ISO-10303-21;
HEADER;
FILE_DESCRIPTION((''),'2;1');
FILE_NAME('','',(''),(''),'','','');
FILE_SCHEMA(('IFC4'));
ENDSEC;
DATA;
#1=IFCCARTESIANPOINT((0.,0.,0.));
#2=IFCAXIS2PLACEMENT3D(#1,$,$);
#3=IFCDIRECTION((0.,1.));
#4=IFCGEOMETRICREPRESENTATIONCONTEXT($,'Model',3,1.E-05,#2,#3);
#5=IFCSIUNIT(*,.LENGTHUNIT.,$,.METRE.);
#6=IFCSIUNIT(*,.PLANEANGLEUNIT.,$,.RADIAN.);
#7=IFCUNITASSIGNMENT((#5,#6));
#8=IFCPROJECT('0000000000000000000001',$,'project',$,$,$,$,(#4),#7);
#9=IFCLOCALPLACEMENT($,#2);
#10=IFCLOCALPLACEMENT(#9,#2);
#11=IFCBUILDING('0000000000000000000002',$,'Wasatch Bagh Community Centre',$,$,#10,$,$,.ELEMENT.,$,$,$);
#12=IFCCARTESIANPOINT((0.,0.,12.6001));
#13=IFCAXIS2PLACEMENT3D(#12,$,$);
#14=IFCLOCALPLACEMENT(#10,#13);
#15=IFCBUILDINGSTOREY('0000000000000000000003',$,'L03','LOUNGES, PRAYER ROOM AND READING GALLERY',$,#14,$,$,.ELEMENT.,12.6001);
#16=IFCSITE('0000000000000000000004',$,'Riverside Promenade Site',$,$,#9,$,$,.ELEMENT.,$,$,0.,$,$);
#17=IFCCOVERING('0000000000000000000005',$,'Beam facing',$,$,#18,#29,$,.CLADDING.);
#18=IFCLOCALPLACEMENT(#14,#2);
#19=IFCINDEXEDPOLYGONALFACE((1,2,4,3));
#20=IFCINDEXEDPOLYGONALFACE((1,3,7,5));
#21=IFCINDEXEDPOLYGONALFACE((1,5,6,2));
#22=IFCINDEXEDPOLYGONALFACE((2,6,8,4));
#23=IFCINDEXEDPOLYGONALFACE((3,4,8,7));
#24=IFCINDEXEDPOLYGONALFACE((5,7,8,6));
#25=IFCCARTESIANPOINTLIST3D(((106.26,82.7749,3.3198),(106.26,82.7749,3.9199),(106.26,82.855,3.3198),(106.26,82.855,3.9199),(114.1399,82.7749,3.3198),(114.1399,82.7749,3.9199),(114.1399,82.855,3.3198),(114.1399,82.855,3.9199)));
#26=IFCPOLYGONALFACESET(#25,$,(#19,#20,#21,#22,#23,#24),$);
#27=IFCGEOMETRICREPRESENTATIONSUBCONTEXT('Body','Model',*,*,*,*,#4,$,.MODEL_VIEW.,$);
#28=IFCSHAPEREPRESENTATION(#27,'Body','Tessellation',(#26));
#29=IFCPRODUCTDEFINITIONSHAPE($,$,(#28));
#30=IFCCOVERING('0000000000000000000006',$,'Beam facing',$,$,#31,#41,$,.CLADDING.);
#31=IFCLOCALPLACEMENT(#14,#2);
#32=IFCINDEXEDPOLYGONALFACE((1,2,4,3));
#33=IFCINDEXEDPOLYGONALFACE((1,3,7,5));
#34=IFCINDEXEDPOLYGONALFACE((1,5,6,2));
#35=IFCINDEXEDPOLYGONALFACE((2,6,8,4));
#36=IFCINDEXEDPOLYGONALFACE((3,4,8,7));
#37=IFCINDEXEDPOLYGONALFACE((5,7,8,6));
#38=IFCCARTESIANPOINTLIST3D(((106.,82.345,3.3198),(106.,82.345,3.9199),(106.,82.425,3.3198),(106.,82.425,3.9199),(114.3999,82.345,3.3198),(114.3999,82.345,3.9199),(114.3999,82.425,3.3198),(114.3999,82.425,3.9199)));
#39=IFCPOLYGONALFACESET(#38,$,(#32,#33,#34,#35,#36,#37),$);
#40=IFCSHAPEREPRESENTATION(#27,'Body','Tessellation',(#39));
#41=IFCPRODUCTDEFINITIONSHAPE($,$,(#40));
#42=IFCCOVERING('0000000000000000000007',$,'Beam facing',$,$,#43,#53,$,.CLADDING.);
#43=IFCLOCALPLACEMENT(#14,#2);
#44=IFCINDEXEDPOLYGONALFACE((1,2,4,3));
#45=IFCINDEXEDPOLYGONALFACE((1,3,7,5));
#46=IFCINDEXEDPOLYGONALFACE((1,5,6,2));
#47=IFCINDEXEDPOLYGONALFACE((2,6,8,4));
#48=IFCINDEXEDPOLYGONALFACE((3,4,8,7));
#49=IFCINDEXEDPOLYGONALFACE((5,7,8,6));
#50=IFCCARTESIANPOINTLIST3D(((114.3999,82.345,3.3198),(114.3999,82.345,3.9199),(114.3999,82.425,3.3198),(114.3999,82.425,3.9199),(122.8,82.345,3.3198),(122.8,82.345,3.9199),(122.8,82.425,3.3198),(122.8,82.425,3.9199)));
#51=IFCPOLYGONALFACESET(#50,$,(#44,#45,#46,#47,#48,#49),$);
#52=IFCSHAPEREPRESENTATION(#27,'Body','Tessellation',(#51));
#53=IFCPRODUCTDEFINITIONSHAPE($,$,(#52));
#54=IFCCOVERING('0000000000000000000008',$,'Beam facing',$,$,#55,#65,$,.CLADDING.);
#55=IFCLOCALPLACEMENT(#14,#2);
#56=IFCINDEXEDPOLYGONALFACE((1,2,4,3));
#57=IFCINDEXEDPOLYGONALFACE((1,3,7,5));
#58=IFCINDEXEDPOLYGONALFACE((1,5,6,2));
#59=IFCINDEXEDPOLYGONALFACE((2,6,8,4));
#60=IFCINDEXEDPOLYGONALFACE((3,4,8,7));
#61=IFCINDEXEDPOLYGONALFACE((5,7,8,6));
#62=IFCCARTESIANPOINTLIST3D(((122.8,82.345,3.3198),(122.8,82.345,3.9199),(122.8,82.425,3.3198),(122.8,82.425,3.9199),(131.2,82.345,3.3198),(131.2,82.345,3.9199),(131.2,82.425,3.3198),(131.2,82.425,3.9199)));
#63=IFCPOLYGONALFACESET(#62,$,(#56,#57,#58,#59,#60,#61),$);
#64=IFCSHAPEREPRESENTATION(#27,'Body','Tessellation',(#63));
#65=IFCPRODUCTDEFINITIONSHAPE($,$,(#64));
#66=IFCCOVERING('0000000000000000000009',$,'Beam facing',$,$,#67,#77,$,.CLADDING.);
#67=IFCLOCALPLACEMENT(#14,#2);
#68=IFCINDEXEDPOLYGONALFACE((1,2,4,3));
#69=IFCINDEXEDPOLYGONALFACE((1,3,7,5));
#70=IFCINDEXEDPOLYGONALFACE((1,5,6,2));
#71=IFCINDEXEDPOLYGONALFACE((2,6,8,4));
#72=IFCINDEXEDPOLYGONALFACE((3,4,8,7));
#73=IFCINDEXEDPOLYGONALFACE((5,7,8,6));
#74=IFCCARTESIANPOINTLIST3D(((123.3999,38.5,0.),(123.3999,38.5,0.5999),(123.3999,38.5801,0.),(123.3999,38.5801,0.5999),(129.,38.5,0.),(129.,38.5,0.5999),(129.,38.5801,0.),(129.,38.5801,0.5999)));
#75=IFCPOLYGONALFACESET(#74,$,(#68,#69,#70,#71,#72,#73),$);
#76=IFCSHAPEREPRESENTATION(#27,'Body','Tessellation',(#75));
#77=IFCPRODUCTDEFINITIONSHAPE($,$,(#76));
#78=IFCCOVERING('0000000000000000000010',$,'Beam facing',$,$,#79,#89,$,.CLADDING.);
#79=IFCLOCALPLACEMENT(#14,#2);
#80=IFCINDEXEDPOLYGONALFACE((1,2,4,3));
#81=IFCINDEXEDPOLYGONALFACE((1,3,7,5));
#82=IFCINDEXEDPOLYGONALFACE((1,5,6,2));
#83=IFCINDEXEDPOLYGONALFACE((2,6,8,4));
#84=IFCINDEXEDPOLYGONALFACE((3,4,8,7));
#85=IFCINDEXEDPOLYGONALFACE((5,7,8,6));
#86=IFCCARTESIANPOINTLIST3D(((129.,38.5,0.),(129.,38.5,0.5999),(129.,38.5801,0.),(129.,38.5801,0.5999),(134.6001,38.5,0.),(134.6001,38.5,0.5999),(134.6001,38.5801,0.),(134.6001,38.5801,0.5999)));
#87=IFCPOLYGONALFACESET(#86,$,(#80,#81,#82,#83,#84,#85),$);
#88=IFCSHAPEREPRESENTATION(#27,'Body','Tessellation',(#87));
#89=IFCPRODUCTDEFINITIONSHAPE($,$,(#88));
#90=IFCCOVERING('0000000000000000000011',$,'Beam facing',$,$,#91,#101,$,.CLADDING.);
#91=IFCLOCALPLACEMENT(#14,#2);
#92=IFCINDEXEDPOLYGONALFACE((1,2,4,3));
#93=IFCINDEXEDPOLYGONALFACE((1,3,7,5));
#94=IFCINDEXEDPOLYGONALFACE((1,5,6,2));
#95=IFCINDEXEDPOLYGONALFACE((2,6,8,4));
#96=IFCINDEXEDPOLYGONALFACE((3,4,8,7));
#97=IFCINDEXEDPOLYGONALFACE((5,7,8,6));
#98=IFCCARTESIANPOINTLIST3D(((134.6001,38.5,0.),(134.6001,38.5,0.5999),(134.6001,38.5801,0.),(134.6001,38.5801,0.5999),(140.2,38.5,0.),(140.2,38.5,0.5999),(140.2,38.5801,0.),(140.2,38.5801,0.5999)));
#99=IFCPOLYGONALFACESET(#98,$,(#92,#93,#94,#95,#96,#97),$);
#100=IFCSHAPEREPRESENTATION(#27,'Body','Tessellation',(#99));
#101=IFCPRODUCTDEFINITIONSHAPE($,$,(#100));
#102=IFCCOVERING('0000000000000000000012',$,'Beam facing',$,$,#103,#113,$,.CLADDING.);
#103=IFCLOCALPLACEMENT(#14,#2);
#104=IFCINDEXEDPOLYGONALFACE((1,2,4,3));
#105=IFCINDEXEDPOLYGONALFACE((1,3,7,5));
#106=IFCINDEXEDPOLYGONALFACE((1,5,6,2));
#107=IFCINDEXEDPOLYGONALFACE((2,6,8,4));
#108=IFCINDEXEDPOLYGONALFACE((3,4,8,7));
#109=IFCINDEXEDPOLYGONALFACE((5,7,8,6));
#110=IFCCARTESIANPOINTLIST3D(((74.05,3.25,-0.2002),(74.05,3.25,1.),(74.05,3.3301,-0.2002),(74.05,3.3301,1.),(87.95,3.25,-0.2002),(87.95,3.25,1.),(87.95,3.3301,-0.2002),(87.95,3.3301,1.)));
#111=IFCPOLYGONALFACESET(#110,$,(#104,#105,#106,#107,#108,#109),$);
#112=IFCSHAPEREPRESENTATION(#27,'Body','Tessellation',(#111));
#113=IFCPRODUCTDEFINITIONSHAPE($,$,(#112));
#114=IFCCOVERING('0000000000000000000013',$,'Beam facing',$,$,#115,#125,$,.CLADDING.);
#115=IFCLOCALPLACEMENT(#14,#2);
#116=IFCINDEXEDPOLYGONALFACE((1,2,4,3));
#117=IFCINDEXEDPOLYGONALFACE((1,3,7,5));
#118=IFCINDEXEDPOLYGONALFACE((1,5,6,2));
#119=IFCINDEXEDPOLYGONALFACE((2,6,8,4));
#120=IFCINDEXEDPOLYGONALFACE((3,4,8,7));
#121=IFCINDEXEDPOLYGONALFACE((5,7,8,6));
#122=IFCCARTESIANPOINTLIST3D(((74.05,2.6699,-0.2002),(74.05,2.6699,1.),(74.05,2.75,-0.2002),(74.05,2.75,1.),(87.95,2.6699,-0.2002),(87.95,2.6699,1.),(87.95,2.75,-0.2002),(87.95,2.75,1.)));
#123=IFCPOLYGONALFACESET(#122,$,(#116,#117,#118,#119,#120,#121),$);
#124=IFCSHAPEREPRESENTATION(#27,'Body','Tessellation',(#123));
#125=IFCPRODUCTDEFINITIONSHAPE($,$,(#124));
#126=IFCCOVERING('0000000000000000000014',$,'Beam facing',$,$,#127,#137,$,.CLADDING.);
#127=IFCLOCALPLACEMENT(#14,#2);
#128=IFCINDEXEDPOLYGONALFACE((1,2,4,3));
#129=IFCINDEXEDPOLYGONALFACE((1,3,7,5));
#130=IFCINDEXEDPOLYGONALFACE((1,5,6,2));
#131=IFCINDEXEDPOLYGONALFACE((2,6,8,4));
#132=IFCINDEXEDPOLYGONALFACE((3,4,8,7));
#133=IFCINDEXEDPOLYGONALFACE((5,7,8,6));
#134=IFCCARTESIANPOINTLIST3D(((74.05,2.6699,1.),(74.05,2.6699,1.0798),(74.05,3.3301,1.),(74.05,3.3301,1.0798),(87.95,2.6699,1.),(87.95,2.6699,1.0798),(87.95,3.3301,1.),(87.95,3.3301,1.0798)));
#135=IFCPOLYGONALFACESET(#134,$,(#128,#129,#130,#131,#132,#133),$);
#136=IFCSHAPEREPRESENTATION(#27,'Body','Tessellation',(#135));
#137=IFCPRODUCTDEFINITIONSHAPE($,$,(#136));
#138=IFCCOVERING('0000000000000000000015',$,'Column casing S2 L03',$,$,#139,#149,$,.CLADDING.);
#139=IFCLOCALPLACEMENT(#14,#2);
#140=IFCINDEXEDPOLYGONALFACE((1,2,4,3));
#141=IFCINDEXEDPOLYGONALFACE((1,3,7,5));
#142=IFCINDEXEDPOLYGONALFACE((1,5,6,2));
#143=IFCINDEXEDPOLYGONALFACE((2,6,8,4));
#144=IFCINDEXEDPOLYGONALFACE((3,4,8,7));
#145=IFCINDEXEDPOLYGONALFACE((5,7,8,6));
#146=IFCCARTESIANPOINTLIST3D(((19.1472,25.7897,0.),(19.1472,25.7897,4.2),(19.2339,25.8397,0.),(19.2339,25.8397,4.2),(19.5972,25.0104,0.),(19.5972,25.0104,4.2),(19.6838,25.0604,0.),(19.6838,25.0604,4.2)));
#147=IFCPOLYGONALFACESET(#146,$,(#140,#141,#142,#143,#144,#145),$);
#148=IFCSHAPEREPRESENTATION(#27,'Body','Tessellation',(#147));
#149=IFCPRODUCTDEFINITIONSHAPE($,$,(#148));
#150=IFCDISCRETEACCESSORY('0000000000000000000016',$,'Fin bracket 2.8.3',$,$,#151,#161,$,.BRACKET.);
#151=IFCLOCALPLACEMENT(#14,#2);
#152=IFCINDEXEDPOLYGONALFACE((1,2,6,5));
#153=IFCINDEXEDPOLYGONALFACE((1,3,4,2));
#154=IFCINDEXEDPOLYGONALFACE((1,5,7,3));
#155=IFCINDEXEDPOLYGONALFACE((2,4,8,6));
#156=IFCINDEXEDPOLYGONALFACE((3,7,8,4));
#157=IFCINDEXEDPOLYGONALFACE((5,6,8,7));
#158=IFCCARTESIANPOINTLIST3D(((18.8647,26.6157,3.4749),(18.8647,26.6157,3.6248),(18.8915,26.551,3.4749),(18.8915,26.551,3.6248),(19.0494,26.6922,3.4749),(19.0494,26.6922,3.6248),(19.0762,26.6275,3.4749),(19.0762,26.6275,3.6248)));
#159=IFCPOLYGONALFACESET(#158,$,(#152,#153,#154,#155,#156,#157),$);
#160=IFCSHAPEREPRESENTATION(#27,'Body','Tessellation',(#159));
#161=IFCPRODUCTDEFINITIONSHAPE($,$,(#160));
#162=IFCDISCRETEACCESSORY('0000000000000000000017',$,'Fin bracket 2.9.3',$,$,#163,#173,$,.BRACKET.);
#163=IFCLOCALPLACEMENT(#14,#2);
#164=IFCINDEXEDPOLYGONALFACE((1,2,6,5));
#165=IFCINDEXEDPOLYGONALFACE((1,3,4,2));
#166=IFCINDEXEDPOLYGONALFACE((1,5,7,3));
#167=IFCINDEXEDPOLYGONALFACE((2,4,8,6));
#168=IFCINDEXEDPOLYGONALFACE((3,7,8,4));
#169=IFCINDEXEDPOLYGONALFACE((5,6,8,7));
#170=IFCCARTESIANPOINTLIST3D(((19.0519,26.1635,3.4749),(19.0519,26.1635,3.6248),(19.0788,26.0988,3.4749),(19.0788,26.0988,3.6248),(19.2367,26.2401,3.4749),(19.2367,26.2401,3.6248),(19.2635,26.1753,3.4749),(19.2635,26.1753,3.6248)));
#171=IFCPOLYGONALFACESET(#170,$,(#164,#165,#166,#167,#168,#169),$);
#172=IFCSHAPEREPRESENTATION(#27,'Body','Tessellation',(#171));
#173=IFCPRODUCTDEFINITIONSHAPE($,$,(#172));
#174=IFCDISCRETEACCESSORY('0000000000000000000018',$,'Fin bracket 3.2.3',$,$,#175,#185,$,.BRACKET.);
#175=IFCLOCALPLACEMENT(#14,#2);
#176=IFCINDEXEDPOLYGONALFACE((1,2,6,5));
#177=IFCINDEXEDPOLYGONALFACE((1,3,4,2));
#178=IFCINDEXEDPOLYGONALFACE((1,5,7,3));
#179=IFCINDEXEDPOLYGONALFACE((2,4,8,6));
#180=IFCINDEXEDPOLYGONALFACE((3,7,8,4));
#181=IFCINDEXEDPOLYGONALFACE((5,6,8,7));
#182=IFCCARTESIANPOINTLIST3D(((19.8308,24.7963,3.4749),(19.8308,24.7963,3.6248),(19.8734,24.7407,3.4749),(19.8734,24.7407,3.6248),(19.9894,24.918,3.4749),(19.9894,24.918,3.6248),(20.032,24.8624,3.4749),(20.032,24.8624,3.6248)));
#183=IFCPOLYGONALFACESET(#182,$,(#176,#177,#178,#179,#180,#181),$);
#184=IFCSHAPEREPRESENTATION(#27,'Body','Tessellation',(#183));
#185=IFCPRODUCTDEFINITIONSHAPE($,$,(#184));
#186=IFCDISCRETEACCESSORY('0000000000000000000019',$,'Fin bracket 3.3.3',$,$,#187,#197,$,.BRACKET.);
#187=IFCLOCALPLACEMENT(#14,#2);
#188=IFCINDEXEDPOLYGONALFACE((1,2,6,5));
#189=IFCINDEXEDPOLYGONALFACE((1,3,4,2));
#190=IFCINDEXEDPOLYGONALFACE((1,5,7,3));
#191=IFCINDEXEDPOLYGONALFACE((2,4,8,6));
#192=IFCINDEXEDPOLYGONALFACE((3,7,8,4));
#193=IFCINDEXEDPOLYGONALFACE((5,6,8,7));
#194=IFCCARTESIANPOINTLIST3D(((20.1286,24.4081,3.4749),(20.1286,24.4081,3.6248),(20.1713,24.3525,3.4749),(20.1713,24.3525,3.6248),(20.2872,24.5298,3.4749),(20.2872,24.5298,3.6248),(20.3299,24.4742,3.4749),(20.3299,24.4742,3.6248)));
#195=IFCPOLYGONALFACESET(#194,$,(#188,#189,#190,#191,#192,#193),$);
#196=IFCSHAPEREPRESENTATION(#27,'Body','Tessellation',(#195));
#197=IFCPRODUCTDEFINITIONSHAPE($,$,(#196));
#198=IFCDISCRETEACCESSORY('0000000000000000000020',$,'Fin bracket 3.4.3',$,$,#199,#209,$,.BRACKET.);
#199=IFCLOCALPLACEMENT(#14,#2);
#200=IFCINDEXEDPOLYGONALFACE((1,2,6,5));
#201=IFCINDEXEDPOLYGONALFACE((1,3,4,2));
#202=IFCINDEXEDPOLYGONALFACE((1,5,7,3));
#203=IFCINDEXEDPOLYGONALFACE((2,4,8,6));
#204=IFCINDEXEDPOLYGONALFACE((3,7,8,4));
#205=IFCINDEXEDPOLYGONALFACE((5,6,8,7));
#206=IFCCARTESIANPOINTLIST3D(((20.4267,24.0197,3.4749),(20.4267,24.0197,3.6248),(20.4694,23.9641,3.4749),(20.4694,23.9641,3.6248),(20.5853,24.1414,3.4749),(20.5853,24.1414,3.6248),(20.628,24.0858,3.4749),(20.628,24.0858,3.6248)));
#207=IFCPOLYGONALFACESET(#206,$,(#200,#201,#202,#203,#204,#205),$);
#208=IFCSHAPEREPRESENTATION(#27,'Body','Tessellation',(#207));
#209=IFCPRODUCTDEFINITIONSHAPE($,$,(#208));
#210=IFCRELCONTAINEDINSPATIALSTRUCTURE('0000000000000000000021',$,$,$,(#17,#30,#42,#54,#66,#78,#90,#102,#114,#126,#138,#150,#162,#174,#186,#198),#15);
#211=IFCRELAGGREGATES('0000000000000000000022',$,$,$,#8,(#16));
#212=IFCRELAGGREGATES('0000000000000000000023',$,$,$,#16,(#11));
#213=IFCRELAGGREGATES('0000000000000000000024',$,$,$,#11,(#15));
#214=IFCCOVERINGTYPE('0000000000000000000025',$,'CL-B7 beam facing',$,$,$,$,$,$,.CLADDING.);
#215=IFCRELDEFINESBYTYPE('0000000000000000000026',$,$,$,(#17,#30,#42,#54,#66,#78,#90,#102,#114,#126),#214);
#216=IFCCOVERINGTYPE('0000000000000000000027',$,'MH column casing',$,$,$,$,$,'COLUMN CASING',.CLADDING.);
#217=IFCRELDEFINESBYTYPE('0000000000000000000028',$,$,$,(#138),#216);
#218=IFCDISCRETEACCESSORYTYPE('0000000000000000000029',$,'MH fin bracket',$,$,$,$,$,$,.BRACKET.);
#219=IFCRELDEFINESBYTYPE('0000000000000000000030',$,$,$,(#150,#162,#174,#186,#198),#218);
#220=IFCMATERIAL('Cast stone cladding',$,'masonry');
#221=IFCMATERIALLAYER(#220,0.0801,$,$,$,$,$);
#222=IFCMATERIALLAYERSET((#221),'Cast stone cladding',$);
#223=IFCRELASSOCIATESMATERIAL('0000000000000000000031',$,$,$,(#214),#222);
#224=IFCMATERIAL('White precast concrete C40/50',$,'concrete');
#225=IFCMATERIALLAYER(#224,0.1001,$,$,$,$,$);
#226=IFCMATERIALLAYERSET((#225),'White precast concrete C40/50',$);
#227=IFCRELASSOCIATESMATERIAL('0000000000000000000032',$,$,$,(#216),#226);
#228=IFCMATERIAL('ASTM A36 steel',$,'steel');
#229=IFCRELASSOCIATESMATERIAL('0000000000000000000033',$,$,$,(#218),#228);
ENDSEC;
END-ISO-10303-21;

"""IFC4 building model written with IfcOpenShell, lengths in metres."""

from ifc_helpers import new_model, si_unit, direction, frame, origin, origin_2d, place, context, subcontext, project, spatial, polyline, rectangle, outline, extrude, material, layer, layer_set, type_object, element, save


model = new_model("IFC4")

# Units and contexts
model_context = context("Model", 3, precision=1e-05, world=origin(), true_north=direction((0.0, 1.0)))
body_context = subcontext(model_context, "Body", "Model", "MODEL_VIEW")
ifc_project = project(units=[si_unit("LENGTHUNIT", "METRE"), si_unit("PLANEANGLEUNIT", "RADIAN")], contexts=[model_context])

# Site, building, storey
site_placement = place(None, origin())
site = spatial("IfcSite", under=ifc_project, at=site_placement, Name="Riverside Promenade Site", CompositionType="ELEMENT", RefElevation=0.0)
building_placement = place(site_placement, origin())
building = spatial("IfcBuilding", under=site, at=building_placement, Name="Wasatch Bagh Community Centre", CompositionType="ELEMENT")
storey_placement = place(building_placement, frame((0.0, 0.0, 12.6001)))
storey = spatial("IfcBuildingStorey", under=building, at=storey_placement, Name="L03", Description="LOUNGES, PRAYER ROOM AND READING GALLERY", CompositionType="ELEMENT", Elevation=12.6001)

# Coverings
ifc_material_1 = material(Name="Cast stone cladding", Category="masonry")
ifc_layer_1 = layer(ifc_material_1, 0.0801)
ifc_layer_set_1 = layer_set([ifc_layer_1], Name="Cast stone cladding")
covering_type_1 = type_object("IfcCoveringType", Name="CL-B7 beam facing", PredefinedType="CLADDING", material=ifc_layer_set_1)
covering_1_placement = place(storey_placement, frame((0.0, 0.0, 3.3198)))
element("IfcCovering", 1, at=covering_1_placement, inside=storey, type_object=covering_type_1, Name="Beam facing", PredefinedType="CLADDING", context=body_context, shape_type="SweptSolid", body=[
    extrude(outline(polyline([(106.26, 82.7749), (114.1399, 82.7749), (114.1399, 82.855), (106.26, 82.855), (106.26, 82.7749)])), origin(), (0.0, 0.0, 1.0), 0.6001),
])
covering_2_placement = place(storey_placement, frame((0.0, 0.0, 3.3198)))
element("IfcCovering", 2, at=covering_2_placement, inside=storey, type_object=covering_type_1, Name="Beam facing", PredefinedType="CLADDING", context=body_context, shape_type="SweptSolid", body=[
    extrude(outline(polyline([(106.0, 82.425), (114.3999, 82.425), (114.3999, 82.345), (106.0, 82.345), (106.0, 82.425)])), origin(), (0.0, 0.0, 1.0), 0.6001),
])
covering_3_placement = place(storey_placement, frame((0.0, 0.0, 3.3198)))
element("IfcCovering", 3, at=covering_3_placement, inside=storey, type_object=covering_type_1, Name="Beam facing", PredefinedType="CLADDING", context=body_context, shape_type="SweptSolid", body=[
    extrude(outline(polyline([(114.3999, 82.425), (122.8, 82.425), (122.8, 82.345), (114.3999, 82.345), (114.3999, 82.425)])), origin(), (0.0, 0.0, 1.0), 0.6001),
])
covering_4_placement = place(storey_placement, frame((0.0, 0.0, 3.3198)))
element("IfcCovering", 4, at=covering_4_placement, inside=storey, type_object=covering_type_1, Name="Beam facing", PredefinedType="CLADDING", context=body_context, shape_type="SweptSolid", body=[
    extrude(outline(polyline([(122.8, 82.425), (131.2, 82.425), (131.2, 82.345), (122.8, 82.345), (122.8, 82.425)])), origin(), (0.0, 0.0, 1.0), 0.6001),
])
covering_5_placement = place(storey_placement, origin())
element("IfcCovering", 5, at=covering_5_placement, inside=storey, type_object=covering_type_1, Name="Beam facing", PredefinedType="CLADDING", context=body_context, shape_type="SweptSolid", body=[
    extrude(outline(polyline([(123.3999, 38.5), (129.0, 38.5), (129.0, 38.5801), (123.3999, 38.5801), (123.3999, 38.5)])), origin(), (0.0, 0.0, 1.0), 0.5999),
])
covering_6_placement = place(storey_placement, origin())
element("IfcCovering", 6, at=covering_6_placement, inside=storey, type_object=covering_type_1, Name="Beam facing", PredefinedType="CLADDING", context=body_context, shape_type="SweptSolid", body=[
    extrude(outline(polyline([(129.0, 38.5), (134.6001, 38.5), (134.6001, 38.5801), (129.0, 38.5801), (129.0, 38.5)])), origin(), (0.0, 0.0, 1.0), 0.5999),
])
covering_7_placement = place(storey_placement, origin())
element("IfcCovering", 7, at=covering_7_placement, inside=storey, type_object=covering_type_1, Name="Beam facing", PredefinedType="CLADDING", context=body_context, shape_type="SweptSolid", body=[
    extrude(outline(polyline([(134.6001, 38.5), (140.2, 38.5), (140.2, 38.5801), (134.6001, 38.5801), (134.6001, 38.5)])), origin(), (0.0, 0.0, 1.0), 0.5999),
])
covering_8_placement = place(storey_placement, frame((0.0, 0.0, -0.2002)))
element("IfcCovering", 8, at=covering_8_placement, inside=storey, type_object=covering_type_1, Name="Beam facing", PredefinedType="CLADDING", context=body_context, shape_type="SweptSolid", body=[
    extrude(outline(polyline([(74.05, 3.25), (87.95, 3.25), (87.95, 3.3301), (74.05, 3.3301), (74.05, 3.25)])), origin(), (0.0, 0.0, 1.0), 1.2002),
])
covering_9_placement = place(storey_placement, frame((0.0, 0.0, -0.2002)))
element("IfcCovering", 9, at=covering_9_placement, inside=storey, type_object=covering_type_1, Name="Beam facing", PredefinedType="CLADDING", context=body_context, shape_type="SweptSolid", body=[
    extrude(outline(polyline([(74.05, 2.75), (87.95, 2.75), (87.95, 2.6699), (74.05, 2.6699), (74.05, 2.75)])), origin(), (0.0, 0.0, 1.0), 1.2002),
])
covering_10_placement = place(storey_placement, frame((0.0, 0.0, 1.0)))
element("IfcCovering", 10, at=covering_10_placement, inside=storey, type_object=covering_type_1, Name="Beam facing", PredefinedType="CLADDING", context=body_context, shape_type="SweptSolid", body=[
    extrude(outline(polyline([(74.05, 2.6699), (87.95, 2.6699), (87.95, 3.3301), (74.05, 3.3301), (74.05, 2.6699)])), origin(), (0.0, 0.0, 1.0), 0.0798),
])
ifc_material_2 = material(Name="White precast concrete C40/50", Category="concrete")
ifc_layer_2 = layer(ifc_material_2, 0.1001)
ifc_layer_set_2 = layer_set([ifc_layer_2], Name="White precast concrete C40/50")
covering_type_2 = type_object("IfcCoveringType", Name="MH column casing", ElementType="COLUMN CASING", PredefinedType="CLADDING", material=ifc_layer_set_2)
covering_11_placement = place(storey_placement, frame((19.4155, 25.425, 0.0), z_axis=(0.0, 0.0, 1.0), x_axis=(0.5, -0.866025, 0.0)))
element("IfcCovering", 11, at=covering_11_placement, inside=storey, type_object=covering_type_2, Name="Column casing S2 L03", PredefinedType="CLADDING", context=body_context, shape_type="SweptSolid", body=[
    extrude(rectangle(XDim=0.8999, YDim=0.1001, at=origin_2d()), origin(), (0.0, 0.0, 1.0), 4.2),
])

# Discrete accessories
ifc_material_3 = material(Name="ASTM A36 steel", Category="steel")
discrete_accessory_type = type_object("IfcDiscreteAccessoryType", Name="MH fin bracket", PredefinedType="BRACKET", material=ifc_material_3)
for number, where, z_axis, x_axis, name in (
    (12, (18.9705, 26.6216, 3.4749), (0.0, 0.0, 1.0), (0.382683, -0.92388, 0.0), "Fin bracket 2.8.3"),
    (13, (19.1577, 26.1694, 3.4749), (0.0, 0.0, 1.0), (0.382683, -0.92388, 0.0), "Fin bracket 2.9.3"),
    (14, (19.9314, 24.8293, 3.4749), (0.0, 0.0, 1.0), (0.608761, -0.793353, 0.0), "Fin bracket 3.2.3"),
    (15, (20.2292, 24.4412, 3.4749), (0.0, 0.0, 1.0), (0.608761, -0.793353, 0.0), "Fin bracket 3.3.3"),
    (16, (20.5273, 24.0527, 3.4749), (0.0, 0.0, 1.0), (0.608761, -0.793353, 0.0), "Fin bracket 3.4.3"),
):
    element("IfcDiscreteAccessory", number, at=place(storey_placement, frame(where, z_axis=z_axis, x_axis=x_axis)), inside=storey, type_object=discrete_accessory_type, Name=name, PredefinedType="BRACKET", context=body_context, shape_type="SweptSolid", body=[
        extrude(rectangle(XDim=0.0701, YDim=0.2, at=origin_2d()), origin(), (0.0, 0.0, 1.0), 0.1499),
    ])

save(model, "model.ifc")
